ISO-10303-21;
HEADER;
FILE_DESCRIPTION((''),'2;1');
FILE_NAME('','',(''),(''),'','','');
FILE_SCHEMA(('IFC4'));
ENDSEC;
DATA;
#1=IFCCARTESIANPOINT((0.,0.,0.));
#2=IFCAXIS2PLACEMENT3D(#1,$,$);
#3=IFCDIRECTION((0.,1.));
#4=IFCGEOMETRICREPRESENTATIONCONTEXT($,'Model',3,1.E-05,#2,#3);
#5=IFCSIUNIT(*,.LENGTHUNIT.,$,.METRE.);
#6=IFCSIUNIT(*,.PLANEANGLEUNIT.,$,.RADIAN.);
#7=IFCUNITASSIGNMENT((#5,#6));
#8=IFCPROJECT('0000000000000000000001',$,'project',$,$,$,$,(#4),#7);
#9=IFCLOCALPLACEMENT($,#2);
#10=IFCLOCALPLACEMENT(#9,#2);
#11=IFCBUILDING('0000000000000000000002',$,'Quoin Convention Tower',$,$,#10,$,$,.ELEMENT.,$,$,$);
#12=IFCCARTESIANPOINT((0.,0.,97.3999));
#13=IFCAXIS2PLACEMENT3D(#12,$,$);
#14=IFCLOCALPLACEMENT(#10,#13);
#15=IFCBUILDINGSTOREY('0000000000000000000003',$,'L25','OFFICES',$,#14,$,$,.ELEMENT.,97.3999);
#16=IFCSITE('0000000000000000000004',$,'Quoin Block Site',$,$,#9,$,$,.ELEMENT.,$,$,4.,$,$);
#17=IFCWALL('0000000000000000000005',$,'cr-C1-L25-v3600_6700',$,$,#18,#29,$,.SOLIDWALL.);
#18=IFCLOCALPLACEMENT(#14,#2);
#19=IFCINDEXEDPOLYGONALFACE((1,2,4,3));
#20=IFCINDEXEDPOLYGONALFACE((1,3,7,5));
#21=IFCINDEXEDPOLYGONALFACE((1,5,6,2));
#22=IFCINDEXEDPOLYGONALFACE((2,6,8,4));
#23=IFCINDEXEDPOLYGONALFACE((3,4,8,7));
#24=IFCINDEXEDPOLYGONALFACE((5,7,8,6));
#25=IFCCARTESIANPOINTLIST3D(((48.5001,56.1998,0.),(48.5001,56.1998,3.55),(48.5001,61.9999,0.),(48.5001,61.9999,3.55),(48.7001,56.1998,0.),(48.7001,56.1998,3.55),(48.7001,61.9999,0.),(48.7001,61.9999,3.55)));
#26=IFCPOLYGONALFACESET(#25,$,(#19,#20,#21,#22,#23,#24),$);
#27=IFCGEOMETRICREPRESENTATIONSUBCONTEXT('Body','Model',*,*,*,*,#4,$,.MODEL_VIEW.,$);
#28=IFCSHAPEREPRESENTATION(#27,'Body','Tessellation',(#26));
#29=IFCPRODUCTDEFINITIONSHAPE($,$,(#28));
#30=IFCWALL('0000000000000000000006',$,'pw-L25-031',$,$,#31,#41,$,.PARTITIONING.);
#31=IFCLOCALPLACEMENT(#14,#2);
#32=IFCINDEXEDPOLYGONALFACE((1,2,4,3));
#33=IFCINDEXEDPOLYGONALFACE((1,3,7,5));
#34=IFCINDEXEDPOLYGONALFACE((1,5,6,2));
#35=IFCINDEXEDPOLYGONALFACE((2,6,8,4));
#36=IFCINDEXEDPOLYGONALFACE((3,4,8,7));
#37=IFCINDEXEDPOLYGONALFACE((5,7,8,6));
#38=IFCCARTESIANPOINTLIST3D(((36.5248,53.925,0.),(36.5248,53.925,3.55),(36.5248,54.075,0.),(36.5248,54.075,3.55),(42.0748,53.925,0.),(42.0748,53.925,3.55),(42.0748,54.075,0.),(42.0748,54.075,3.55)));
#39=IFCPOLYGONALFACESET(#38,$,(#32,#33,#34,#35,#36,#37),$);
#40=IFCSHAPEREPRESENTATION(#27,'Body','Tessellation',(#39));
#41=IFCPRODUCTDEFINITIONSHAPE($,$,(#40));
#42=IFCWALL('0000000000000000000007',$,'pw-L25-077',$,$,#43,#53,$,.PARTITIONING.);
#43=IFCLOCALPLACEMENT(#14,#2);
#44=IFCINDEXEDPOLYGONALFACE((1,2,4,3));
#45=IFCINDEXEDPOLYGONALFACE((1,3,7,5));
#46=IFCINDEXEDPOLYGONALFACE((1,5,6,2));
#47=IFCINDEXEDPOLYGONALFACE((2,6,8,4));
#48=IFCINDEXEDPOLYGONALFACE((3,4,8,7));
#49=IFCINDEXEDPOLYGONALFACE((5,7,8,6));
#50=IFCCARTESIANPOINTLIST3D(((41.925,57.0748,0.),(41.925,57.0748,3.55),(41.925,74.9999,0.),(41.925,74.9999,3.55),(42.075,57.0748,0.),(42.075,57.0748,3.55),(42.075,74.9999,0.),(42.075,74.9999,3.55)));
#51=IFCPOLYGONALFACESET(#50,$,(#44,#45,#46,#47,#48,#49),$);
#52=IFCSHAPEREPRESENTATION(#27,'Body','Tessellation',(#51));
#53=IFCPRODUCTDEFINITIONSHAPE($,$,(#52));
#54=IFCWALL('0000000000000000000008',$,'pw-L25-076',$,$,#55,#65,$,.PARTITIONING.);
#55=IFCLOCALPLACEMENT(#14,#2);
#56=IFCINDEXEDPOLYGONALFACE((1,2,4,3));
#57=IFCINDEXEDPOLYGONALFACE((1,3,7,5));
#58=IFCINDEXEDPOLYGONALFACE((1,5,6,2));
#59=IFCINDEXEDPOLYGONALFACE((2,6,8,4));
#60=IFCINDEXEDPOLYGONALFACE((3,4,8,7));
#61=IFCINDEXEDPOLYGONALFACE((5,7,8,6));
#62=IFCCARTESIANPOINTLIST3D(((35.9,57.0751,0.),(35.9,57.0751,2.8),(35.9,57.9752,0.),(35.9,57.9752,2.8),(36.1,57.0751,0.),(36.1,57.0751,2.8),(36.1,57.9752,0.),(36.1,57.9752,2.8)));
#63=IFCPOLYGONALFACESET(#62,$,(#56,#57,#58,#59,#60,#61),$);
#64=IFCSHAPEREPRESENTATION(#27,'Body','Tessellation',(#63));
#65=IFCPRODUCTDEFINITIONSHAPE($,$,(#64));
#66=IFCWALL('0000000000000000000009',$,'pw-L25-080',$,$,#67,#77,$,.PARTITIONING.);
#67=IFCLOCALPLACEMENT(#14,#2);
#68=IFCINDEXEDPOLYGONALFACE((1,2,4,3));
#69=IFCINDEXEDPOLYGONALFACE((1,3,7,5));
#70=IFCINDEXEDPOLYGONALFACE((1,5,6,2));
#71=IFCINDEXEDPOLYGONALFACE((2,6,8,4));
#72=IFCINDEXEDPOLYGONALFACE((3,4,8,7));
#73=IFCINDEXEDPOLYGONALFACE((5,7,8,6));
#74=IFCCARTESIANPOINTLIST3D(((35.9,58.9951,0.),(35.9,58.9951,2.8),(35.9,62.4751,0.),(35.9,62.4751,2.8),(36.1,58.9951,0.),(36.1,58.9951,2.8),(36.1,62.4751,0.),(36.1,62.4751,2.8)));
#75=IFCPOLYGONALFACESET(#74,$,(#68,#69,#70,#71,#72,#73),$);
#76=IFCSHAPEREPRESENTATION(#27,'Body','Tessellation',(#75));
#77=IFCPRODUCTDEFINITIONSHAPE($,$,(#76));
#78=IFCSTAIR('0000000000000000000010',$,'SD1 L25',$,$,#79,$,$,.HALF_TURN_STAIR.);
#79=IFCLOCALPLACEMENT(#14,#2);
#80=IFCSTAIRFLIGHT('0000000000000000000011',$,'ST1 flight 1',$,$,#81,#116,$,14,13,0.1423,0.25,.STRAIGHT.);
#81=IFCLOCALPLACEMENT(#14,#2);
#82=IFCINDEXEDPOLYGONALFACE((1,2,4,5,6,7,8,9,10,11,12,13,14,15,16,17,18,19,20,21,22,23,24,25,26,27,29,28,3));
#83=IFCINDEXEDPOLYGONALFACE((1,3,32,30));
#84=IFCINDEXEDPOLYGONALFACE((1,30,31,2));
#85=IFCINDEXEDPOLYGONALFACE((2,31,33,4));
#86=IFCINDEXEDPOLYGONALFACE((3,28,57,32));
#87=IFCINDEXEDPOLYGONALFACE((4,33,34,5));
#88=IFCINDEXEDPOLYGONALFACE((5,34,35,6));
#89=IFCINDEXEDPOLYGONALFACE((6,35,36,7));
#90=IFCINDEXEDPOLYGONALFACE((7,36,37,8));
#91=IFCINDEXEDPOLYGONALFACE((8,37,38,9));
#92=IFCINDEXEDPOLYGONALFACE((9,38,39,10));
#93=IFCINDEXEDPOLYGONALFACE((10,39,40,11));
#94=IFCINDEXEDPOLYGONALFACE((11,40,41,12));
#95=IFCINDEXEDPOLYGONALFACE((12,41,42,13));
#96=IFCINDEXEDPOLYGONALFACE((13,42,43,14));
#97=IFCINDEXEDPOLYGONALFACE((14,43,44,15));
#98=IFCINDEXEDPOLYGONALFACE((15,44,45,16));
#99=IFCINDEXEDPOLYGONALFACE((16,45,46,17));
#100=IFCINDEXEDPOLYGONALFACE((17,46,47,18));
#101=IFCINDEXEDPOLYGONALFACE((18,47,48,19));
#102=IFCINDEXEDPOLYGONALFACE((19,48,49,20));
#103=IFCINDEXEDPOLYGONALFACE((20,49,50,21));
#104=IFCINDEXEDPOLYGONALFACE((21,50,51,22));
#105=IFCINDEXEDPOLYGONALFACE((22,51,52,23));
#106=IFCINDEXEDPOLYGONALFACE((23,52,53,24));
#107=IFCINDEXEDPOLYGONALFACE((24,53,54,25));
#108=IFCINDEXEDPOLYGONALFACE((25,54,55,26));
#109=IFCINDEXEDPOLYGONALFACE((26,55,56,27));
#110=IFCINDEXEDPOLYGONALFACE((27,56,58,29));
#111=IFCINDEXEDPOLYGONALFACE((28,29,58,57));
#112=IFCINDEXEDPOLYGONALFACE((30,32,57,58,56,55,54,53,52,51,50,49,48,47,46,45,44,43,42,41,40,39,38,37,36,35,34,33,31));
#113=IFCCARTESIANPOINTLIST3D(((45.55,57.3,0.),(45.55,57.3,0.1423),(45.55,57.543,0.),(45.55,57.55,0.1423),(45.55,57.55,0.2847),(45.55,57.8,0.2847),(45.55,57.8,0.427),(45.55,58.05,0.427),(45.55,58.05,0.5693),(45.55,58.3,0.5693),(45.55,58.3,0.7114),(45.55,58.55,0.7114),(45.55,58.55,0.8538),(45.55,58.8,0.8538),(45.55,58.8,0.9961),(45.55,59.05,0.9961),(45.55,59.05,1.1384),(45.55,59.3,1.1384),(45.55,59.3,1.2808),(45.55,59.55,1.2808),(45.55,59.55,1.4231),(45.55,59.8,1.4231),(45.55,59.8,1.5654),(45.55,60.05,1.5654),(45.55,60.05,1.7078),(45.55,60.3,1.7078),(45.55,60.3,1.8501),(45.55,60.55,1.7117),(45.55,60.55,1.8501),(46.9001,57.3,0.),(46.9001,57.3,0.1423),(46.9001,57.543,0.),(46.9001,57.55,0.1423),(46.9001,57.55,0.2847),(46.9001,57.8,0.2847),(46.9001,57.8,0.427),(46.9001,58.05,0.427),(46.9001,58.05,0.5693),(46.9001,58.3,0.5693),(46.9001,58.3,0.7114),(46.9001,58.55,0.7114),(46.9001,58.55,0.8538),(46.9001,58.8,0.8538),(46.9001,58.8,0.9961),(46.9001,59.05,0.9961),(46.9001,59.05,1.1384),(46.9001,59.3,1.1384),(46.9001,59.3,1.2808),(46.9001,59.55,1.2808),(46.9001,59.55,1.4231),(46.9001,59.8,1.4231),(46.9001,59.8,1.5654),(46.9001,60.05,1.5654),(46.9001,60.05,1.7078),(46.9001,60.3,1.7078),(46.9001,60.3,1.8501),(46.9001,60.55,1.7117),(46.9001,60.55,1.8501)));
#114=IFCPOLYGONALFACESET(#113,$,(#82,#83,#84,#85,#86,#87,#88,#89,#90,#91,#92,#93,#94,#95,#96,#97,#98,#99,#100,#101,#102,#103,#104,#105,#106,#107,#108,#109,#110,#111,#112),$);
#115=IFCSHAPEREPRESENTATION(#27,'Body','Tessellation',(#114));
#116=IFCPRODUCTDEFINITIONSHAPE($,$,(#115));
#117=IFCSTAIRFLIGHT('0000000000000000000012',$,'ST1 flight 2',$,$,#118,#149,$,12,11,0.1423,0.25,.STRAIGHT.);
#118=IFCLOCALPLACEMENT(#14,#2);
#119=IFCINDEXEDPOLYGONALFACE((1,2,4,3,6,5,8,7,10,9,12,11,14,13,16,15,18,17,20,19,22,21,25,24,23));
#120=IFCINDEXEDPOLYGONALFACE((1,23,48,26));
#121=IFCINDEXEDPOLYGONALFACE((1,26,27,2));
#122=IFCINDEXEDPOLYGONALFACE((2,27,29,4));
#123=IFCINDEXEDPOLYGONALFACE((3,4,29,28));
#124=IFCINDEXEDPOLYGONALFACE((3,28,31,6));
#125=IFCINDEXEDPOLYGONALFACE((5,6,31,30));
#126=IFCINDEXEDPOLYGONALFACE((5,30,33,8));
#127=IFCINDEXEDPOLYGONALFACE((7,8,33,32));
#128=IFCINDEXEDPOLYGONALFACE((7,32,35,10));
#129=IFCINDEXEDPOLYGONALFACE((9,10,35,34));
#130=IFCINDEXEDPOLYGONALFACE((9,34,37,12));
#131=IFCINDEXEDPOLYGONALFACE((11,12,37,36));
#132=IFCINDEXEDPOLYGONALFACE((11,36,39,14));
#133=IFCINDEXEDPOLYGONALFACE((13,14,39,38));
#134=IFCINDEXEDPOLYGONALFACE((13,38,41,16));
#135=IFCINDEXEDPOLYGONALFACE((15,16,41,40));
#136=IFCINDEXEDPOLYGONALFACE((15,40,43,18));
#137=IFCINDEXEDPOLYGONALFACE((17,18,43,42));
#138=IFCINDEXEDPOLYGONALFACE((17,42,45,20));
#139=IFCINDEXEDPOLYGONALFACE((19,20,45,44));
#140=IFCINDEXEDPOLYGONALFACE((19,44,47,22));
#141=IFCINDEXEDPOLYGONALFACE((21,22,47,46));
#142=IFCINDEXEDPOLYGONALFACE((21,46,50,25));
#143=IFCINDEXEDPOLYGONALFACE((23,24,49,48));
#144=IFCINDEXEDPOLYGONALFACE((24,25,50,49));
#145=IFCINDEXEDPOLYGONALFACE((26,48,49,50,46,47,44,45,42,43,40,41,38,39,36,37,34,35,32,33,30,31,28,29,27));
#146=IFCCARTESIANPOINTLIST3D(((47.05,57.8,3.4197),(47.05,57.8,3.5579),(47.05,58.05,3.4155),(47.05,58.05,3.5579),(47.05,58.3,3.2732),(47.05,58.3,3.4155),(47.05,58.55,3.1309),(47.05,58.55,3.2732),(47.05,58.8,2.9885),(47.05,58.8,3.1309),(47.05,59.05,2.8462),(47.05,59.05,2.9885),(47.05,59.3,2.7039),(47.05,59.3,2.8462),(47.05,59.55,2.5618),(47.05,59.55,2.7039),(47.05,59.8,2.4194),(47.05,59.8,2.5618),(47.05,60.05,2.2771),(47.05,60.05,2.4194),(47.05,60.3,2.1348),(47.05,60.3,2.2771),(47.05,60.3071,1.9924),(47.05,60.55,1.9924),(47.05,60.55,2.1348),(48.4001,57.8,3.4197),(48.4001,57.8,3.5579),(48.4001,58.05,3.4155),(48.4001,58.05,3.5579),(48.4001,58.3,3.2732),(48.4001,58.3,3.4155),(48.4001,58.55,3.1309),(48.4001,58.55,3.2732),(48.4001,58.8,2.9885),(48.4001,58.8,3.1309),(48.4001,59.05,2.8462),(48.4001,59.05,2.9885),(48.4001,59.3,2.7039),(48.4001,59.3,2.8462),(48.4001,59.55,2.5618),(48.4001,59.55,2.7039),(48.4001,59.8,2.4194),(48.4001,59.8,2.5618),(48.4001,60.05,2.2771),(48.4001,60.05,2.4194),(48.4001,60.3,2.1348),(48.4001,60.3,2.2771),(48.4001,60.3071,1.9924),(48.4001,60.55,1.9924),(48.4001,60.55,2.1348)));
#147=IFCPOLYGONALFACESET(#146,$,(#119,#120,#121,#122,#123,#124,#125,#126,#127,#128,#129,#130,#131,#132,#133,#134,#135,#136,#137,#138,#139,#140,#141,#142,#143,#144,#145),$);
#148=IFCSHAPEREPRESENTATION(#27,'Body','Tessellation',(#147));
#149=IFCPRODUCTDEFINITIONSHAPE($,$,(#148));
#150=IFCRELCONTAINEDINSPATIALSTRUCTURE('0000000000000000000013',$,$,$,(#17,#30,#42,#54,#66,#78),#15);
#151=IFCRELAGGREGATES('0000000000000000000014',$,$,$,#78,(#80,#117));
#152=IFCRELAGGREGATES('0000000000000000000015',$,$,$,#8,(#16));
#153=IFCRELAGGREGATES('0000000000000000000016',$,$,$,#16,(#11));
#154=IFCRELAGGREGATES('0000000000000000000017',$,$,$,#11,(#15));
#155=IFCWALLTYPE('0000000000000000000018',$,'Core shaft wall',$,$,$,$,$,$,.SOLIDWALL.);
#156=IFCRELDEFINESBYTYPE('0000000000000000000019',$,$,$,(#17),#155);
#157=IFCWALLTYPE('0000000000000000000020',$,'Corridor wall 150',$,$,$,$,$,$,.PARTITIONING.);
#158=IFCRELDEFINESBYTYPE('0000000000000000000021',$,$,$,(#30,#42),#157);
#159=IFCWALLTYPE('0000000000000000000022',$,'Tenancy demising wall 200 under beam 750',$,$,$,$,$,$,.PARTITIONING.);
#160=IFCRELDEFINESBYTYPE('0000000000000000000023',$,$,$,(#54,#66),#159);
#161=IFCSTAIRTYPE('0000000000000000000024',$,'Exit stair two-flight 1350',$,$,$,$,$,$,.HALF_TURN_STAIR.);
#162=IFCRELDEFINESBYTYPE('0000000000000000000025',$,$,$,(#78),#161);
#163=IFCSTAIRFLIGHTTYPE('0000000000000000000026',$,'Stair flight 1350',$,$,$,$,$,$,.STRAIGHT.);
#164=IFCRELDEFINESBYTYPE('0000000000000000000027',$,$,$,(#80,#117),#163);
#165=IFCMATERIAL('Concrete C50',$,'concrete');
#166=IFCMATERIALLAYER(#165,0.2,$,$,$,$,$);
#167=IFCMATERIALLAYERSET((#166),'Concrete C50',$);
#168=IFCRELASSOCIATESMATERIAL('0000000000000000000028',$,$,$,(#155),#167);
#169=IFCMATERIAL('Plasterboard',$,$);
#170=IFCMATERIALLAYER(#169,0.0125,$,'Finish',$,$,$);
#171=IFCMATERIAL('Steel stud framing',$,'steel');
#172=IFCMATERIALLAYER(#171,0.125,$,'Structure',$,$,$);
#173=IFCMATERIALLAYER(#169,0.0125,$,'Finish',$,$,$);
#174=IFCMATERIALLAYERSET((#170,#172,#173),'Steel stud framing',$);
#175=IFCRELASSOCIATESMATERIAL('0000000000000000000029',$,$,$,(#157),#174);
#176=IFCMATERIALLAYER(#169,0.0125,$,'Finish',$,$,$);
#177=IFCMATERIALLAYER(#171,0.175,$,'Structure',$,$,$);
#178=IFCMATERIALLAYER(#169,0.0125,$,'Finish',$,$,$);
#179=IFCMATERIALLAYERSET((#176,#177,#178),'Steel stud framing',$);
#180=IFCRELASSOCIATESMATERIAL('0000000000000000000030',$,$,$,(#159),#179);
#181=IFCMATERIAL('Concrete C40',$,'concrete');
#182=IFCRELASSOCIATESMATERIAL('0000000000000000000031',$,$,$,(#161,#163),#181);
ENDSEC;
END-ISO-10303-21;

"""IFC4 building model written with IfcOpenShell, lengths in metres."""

from ifc_helpers import new_model, si_unit, direction, frame, frame_2d, origin, place, context, subcontext, project, spatial, polyline, rectangle, outline, extrude, material, layer, layer_set, type_object, element, aggregate, save


model = new_model("IFC4")

# Units and contexts
model_context = context("Model", 3, precision=1e-05, world=origin(), true_north=direction((0.0, 1.0)))
body_context = subcontext(model_context, "Body", "Model", "MODEL_VIEW")
ifc_project = project(units=[si_unit("LENGTHUNIT", "METRE"), si_unit("PLANEANGLEUNIT", "RADIAN")], contexts=[model_context])

# Site, building, storey
site_placement = place(None, origin())
site = spatial("IfcSite", under=ifc_project, at=site_placement, Name="Quoin Block Site", CompositionType="ELEMENT", RefElevation=4.0)
building_placement = place(site_placement, origin())
building = spatial("IfcBuilding", under=site, at=building_placement, Name="Quoin Convention Tower", CompositionType="ELEMENT")
storey_placement = place(building_placement, frame((0.0, 0.0, 97.3999)))
storey = spatial("IfcBuildingStorey", under=building, at=storey_placement, Name="L25", Description="OFFICES", CompositionType="ELEMENT", Elevation=97.3999)

# Shared definitions
ifc_material_1 = material(Name="Plasterboard")
ifc_material_2 = material(Name="Steel stud framing", Category="steel")

# Shared definitions
ifc_material_3 = material(Name="Concrete C50", Category="concrete")
ifc_layer_1 = layer(ifc_material_3, 0.2)
ifc_layer_set_1 = layer_set([ifc_layer_1], Name="Concrete C50")
wall_type_1 = type_object("IfcWallType", Name="Core shaft wall", PredefinedType="SOLIDWALL", material=ifc_layer_set_1)

# Walls
wall_1_placement = place(storey_placement, frame((48.6001, 56.2, 0.0), z_axis=(0.0, 0.0, 1.0), x_axis=(0.0, 1.0, 0.0)))
element("IfcWall", 1, at=wall_1_placement, inside=storey, type_object=wall_type_1, Name="cr-C1-L25-v3600_6700", PredefinedType="SOLIDWALL", context=body_context, shape_type="SweptSolid", body=[
    extrude(rectangle(XDim=5.8, YDim=0.2, at=frame_2d((2.8999, 0.0))), origin(), (0.0, 0.0, 1.0), 3.55),
])
ifc_layer_2 = layer(ifc_material_1, 0.0125, Name="Finish")
ifc_layer_3 = layer(ifc_material_2, 0.125, Name="Structure")
ifc_layer_4 = layer(ifc_material_1, 0.0125, Name="Finish")
ifc_layer_set_2 = layer_set([ifc_layer_2, ifc_layer_3, ifc_layer_4], Name="Steel stud framing")
wall_type_2 = type_object("IfcWallType", Name="Corridor wall 150", PredefinedType="PARTITIONING", material=ifc_layer_set_2)
wall_2_placement = place(storey_placement, frame((36.5249, 54.0, 0.0), z_axis=(0.0, 0.0, 1.0), x_axis=(1.0, 0.0, 0.0)))
element("IfcWall", 2, at=wall_2_placement, inside=storey, type_object=wall_type_2, Name="pw-L25-031", PredefinedType="PARTITIONING", context=body_context, shape_type="SweptSolid", body=[
    extrude(rectangle(XDim=5.55, YDim=0.1499, at=frame_2d((2.7749, 0.0))), origin(), (0.0, 0.0, 1.0), 3.55),
])
wall_3_placement = place(storey_placement, frame((42.0, 57.075, 0.0), z_axis=(0.0, 0.0, 1.0), x_axis=(0.0, 1.0, 0.0)))
element("IfcWall", 3, at=wall_3_placement, inside=storey, type_object=wall_type_2, Name="pw-L25-077", PredefinedType="PARTITIONING", context=body_context, shape_type="SweptSolid", body=[
    extrude(rectangle(XDim=17.925, YDim=0.1499, at=frame_2d((8.9624, 0.0))), origin(), (0.0, 0.0, 1.0), 3.55),
])
ifc_layer_5 = layer(ifc_material_1, 0.0125, Name="Finish")
ifc_layer_6 = layer(ifc_material_2, 0.175, Name="Structure")
ifc_layer_7 = layer(ifc_material_1, 0.0125, Name="Finish")
ifc_layer_set_3 = layer_set([ifc_layer_5, ifc_layer_6, ifc_layer_7], Name="Steel stud framing")
wall_type_3 = type_object("IfcWallType", Name="Tenancy demising wall 200 under beam 750", PredefinedType="PARTITIONING", material=ifc_layer_set_3)
wall_4_placement = place(storey_placement, frame((36.0, 57.075, 0.0), z_axis=(0.0, 0.0, 1.0), x_axis=(0.0, 1.0, 0.0)))
element("IfcWall", 4, at=wall_4_placement, inside=storey, type_object=wall_type_3, Name="pw-L25-076", PredefinedType="PARTITIONING", context=body_context, shape_type="SweptSolid", body=[
    extrude(rectangle(XDim=0.9001, YDim=0.2, at=frame_2d((0.4502, 0.0))), origin(), (0.0, 0.0, 1.0), 2.8),
])
wall_5_placement = place(storey_placement, frame((36.0, 58.9951, 0.0), z_axis=(0.0, 0.0, 1.0), x_axis=(0.0, 1.0, 0.0)))
element("IfcWall", 5, at=wall_5_placement, inside=storey, type_object=wall_type_3, Name="pw-L25-080", PredefinedType="PARTITIONING", context=body_context, shape_type="SweptSolid", body=[
    extrude(rectangle(XDim=3.48, YDim=0.2, at=frame_2d((1.74, 0.0))), origin(), (0.0, 0.0, 1.0), 2.8),
])

# Stair, stair flights
ifc_material_4 = material(Name="Concrete C40", Category="concrete")
stair_type = type_object("IfcStairType", Name="Exit stair two-flight 1350", PredefinedType="HALF_TURN_STAIR", material=ifc_material_4)
stair_placement = place(storey_placement, origin())
stair = element("IfcStair", 6, at=stair_placement, inside=storey, type_object=stair_type, Name="SD1 L25", PredefinedType="HALF_TURN_STAIR")
stair_flight_type = type_object("IfcStairFlightType", Name="Stair flight 1350", PredefinedType="STRAIGHT", material=ifc_material_4)
stair_flight_1_placement = place(storey_placement, frame((46.2251, 57.3, 0.0), z_axis=(0.0, 0.0, 1.0), x_axis=(0.0, 1.0, 0.0)))
stair_flight_1 = element("IfcStairFlight", 7, at=stair_flight_1_placement, type_object=stair_flight_type, Name="ST1 flight 1", NumberOfRisers=14, NumberOfTreads=13, PredefinedType="STRAIGHT", RiserHeight=0.1423, TreadLength=0.25, context=body_context, shape_type="SweptSolid", body=[
    extrude(outline(polyline([(0.0, 0.0), (0.0, 0.1423), (0.25, 0.1423), (0.25, 0.2847), (0.5, 0.2847), (0.5, 0.427), (0.75, 0.427), (0.75, 0.5693), (1.0, 0.5693), (1.0, 0.7114), (1.25, 0.7114), (1.25, 0.8538), (1.5, 0.8538), (1.5, 0.9961), (1.75, 0.9961), (1.75, 1.1384), (2.0, 1.1384), (2.0, 1.2808), (2.25, 1.2808), (2.25, 1.4231), (2.5, 1.4231), (2.5, 1.5654), (2.75, 1.5654), (2.75, 1.7078), (3.0, 1.7078), (3.0, 1.8501), (3.25, 1.8501), (3.25, 1.9922), (3.25, 1.7117), (0.2429, 0.0), (0.0, 0.0)])), frame((0.0, 0.675, 0.0), z_axis=(0.0, -1.0, 0.0), x_axis=(1.0, 0.0, 0.0)), (0.0, 0.0, 1.0), 1.3501),
])
stair_flight_2_placement = place(storey_placement, frame((47.7251, 60.55, 1.9924), z_axis=(0.0, 0.0, 1.0), x_axis=(0.0, -1.0, 0.0)))
stair_flight_2 = element("IfcStairFlight", 8, at=stair_flight_2_placement, type_object=stair_flight_type, Name="ST1 flight 2", NumberOfRisers=12, NumberOfTreads=11, PredefinedType="STRAIGHT", RiserHeight=0.1423, TreadLength=0.25, context=body_context, shape_type="SweptSolid", body=[
    extrude(outline(polyline([(0.0, 0.0), (0.0, 0.1423), (0.25, 0.1423), (0.25, 0.2847), (0.5, 0.2847), (0.5, 0.427), (0.75, 0.427), (0.75, 0.5693), (1.0, 0.5693), (1.0, 0.7114), (1.25, 0.7114), (1.25, 0.8538), (1.5, 0.8538), (1.5, 0.9961), (1.75, 0.9961), (1.75, 1.1384), (2.0, 1.1384), (2.0, 1.2808), (2.25, 1.2808), (2.25, 1.4231), (2.5, 1.4231), (2.5, 1.5654), (2.75, 1.5654), (2.75, 1.7078), (2.75, 1.4272), (0.2429, 0.0), (0.0, 0.0)])), frame((0.0, 0.675, 0.0), z_axis=(0.0, -1.0, 0.0), x_axis=(1.0, 0.0, 0.0)), (0.0, 0.0, 1.0), 1.3501),
])
aggregate(stair, [stair_flight_1, stair_flight_2])

save(model, "model.ifc")
